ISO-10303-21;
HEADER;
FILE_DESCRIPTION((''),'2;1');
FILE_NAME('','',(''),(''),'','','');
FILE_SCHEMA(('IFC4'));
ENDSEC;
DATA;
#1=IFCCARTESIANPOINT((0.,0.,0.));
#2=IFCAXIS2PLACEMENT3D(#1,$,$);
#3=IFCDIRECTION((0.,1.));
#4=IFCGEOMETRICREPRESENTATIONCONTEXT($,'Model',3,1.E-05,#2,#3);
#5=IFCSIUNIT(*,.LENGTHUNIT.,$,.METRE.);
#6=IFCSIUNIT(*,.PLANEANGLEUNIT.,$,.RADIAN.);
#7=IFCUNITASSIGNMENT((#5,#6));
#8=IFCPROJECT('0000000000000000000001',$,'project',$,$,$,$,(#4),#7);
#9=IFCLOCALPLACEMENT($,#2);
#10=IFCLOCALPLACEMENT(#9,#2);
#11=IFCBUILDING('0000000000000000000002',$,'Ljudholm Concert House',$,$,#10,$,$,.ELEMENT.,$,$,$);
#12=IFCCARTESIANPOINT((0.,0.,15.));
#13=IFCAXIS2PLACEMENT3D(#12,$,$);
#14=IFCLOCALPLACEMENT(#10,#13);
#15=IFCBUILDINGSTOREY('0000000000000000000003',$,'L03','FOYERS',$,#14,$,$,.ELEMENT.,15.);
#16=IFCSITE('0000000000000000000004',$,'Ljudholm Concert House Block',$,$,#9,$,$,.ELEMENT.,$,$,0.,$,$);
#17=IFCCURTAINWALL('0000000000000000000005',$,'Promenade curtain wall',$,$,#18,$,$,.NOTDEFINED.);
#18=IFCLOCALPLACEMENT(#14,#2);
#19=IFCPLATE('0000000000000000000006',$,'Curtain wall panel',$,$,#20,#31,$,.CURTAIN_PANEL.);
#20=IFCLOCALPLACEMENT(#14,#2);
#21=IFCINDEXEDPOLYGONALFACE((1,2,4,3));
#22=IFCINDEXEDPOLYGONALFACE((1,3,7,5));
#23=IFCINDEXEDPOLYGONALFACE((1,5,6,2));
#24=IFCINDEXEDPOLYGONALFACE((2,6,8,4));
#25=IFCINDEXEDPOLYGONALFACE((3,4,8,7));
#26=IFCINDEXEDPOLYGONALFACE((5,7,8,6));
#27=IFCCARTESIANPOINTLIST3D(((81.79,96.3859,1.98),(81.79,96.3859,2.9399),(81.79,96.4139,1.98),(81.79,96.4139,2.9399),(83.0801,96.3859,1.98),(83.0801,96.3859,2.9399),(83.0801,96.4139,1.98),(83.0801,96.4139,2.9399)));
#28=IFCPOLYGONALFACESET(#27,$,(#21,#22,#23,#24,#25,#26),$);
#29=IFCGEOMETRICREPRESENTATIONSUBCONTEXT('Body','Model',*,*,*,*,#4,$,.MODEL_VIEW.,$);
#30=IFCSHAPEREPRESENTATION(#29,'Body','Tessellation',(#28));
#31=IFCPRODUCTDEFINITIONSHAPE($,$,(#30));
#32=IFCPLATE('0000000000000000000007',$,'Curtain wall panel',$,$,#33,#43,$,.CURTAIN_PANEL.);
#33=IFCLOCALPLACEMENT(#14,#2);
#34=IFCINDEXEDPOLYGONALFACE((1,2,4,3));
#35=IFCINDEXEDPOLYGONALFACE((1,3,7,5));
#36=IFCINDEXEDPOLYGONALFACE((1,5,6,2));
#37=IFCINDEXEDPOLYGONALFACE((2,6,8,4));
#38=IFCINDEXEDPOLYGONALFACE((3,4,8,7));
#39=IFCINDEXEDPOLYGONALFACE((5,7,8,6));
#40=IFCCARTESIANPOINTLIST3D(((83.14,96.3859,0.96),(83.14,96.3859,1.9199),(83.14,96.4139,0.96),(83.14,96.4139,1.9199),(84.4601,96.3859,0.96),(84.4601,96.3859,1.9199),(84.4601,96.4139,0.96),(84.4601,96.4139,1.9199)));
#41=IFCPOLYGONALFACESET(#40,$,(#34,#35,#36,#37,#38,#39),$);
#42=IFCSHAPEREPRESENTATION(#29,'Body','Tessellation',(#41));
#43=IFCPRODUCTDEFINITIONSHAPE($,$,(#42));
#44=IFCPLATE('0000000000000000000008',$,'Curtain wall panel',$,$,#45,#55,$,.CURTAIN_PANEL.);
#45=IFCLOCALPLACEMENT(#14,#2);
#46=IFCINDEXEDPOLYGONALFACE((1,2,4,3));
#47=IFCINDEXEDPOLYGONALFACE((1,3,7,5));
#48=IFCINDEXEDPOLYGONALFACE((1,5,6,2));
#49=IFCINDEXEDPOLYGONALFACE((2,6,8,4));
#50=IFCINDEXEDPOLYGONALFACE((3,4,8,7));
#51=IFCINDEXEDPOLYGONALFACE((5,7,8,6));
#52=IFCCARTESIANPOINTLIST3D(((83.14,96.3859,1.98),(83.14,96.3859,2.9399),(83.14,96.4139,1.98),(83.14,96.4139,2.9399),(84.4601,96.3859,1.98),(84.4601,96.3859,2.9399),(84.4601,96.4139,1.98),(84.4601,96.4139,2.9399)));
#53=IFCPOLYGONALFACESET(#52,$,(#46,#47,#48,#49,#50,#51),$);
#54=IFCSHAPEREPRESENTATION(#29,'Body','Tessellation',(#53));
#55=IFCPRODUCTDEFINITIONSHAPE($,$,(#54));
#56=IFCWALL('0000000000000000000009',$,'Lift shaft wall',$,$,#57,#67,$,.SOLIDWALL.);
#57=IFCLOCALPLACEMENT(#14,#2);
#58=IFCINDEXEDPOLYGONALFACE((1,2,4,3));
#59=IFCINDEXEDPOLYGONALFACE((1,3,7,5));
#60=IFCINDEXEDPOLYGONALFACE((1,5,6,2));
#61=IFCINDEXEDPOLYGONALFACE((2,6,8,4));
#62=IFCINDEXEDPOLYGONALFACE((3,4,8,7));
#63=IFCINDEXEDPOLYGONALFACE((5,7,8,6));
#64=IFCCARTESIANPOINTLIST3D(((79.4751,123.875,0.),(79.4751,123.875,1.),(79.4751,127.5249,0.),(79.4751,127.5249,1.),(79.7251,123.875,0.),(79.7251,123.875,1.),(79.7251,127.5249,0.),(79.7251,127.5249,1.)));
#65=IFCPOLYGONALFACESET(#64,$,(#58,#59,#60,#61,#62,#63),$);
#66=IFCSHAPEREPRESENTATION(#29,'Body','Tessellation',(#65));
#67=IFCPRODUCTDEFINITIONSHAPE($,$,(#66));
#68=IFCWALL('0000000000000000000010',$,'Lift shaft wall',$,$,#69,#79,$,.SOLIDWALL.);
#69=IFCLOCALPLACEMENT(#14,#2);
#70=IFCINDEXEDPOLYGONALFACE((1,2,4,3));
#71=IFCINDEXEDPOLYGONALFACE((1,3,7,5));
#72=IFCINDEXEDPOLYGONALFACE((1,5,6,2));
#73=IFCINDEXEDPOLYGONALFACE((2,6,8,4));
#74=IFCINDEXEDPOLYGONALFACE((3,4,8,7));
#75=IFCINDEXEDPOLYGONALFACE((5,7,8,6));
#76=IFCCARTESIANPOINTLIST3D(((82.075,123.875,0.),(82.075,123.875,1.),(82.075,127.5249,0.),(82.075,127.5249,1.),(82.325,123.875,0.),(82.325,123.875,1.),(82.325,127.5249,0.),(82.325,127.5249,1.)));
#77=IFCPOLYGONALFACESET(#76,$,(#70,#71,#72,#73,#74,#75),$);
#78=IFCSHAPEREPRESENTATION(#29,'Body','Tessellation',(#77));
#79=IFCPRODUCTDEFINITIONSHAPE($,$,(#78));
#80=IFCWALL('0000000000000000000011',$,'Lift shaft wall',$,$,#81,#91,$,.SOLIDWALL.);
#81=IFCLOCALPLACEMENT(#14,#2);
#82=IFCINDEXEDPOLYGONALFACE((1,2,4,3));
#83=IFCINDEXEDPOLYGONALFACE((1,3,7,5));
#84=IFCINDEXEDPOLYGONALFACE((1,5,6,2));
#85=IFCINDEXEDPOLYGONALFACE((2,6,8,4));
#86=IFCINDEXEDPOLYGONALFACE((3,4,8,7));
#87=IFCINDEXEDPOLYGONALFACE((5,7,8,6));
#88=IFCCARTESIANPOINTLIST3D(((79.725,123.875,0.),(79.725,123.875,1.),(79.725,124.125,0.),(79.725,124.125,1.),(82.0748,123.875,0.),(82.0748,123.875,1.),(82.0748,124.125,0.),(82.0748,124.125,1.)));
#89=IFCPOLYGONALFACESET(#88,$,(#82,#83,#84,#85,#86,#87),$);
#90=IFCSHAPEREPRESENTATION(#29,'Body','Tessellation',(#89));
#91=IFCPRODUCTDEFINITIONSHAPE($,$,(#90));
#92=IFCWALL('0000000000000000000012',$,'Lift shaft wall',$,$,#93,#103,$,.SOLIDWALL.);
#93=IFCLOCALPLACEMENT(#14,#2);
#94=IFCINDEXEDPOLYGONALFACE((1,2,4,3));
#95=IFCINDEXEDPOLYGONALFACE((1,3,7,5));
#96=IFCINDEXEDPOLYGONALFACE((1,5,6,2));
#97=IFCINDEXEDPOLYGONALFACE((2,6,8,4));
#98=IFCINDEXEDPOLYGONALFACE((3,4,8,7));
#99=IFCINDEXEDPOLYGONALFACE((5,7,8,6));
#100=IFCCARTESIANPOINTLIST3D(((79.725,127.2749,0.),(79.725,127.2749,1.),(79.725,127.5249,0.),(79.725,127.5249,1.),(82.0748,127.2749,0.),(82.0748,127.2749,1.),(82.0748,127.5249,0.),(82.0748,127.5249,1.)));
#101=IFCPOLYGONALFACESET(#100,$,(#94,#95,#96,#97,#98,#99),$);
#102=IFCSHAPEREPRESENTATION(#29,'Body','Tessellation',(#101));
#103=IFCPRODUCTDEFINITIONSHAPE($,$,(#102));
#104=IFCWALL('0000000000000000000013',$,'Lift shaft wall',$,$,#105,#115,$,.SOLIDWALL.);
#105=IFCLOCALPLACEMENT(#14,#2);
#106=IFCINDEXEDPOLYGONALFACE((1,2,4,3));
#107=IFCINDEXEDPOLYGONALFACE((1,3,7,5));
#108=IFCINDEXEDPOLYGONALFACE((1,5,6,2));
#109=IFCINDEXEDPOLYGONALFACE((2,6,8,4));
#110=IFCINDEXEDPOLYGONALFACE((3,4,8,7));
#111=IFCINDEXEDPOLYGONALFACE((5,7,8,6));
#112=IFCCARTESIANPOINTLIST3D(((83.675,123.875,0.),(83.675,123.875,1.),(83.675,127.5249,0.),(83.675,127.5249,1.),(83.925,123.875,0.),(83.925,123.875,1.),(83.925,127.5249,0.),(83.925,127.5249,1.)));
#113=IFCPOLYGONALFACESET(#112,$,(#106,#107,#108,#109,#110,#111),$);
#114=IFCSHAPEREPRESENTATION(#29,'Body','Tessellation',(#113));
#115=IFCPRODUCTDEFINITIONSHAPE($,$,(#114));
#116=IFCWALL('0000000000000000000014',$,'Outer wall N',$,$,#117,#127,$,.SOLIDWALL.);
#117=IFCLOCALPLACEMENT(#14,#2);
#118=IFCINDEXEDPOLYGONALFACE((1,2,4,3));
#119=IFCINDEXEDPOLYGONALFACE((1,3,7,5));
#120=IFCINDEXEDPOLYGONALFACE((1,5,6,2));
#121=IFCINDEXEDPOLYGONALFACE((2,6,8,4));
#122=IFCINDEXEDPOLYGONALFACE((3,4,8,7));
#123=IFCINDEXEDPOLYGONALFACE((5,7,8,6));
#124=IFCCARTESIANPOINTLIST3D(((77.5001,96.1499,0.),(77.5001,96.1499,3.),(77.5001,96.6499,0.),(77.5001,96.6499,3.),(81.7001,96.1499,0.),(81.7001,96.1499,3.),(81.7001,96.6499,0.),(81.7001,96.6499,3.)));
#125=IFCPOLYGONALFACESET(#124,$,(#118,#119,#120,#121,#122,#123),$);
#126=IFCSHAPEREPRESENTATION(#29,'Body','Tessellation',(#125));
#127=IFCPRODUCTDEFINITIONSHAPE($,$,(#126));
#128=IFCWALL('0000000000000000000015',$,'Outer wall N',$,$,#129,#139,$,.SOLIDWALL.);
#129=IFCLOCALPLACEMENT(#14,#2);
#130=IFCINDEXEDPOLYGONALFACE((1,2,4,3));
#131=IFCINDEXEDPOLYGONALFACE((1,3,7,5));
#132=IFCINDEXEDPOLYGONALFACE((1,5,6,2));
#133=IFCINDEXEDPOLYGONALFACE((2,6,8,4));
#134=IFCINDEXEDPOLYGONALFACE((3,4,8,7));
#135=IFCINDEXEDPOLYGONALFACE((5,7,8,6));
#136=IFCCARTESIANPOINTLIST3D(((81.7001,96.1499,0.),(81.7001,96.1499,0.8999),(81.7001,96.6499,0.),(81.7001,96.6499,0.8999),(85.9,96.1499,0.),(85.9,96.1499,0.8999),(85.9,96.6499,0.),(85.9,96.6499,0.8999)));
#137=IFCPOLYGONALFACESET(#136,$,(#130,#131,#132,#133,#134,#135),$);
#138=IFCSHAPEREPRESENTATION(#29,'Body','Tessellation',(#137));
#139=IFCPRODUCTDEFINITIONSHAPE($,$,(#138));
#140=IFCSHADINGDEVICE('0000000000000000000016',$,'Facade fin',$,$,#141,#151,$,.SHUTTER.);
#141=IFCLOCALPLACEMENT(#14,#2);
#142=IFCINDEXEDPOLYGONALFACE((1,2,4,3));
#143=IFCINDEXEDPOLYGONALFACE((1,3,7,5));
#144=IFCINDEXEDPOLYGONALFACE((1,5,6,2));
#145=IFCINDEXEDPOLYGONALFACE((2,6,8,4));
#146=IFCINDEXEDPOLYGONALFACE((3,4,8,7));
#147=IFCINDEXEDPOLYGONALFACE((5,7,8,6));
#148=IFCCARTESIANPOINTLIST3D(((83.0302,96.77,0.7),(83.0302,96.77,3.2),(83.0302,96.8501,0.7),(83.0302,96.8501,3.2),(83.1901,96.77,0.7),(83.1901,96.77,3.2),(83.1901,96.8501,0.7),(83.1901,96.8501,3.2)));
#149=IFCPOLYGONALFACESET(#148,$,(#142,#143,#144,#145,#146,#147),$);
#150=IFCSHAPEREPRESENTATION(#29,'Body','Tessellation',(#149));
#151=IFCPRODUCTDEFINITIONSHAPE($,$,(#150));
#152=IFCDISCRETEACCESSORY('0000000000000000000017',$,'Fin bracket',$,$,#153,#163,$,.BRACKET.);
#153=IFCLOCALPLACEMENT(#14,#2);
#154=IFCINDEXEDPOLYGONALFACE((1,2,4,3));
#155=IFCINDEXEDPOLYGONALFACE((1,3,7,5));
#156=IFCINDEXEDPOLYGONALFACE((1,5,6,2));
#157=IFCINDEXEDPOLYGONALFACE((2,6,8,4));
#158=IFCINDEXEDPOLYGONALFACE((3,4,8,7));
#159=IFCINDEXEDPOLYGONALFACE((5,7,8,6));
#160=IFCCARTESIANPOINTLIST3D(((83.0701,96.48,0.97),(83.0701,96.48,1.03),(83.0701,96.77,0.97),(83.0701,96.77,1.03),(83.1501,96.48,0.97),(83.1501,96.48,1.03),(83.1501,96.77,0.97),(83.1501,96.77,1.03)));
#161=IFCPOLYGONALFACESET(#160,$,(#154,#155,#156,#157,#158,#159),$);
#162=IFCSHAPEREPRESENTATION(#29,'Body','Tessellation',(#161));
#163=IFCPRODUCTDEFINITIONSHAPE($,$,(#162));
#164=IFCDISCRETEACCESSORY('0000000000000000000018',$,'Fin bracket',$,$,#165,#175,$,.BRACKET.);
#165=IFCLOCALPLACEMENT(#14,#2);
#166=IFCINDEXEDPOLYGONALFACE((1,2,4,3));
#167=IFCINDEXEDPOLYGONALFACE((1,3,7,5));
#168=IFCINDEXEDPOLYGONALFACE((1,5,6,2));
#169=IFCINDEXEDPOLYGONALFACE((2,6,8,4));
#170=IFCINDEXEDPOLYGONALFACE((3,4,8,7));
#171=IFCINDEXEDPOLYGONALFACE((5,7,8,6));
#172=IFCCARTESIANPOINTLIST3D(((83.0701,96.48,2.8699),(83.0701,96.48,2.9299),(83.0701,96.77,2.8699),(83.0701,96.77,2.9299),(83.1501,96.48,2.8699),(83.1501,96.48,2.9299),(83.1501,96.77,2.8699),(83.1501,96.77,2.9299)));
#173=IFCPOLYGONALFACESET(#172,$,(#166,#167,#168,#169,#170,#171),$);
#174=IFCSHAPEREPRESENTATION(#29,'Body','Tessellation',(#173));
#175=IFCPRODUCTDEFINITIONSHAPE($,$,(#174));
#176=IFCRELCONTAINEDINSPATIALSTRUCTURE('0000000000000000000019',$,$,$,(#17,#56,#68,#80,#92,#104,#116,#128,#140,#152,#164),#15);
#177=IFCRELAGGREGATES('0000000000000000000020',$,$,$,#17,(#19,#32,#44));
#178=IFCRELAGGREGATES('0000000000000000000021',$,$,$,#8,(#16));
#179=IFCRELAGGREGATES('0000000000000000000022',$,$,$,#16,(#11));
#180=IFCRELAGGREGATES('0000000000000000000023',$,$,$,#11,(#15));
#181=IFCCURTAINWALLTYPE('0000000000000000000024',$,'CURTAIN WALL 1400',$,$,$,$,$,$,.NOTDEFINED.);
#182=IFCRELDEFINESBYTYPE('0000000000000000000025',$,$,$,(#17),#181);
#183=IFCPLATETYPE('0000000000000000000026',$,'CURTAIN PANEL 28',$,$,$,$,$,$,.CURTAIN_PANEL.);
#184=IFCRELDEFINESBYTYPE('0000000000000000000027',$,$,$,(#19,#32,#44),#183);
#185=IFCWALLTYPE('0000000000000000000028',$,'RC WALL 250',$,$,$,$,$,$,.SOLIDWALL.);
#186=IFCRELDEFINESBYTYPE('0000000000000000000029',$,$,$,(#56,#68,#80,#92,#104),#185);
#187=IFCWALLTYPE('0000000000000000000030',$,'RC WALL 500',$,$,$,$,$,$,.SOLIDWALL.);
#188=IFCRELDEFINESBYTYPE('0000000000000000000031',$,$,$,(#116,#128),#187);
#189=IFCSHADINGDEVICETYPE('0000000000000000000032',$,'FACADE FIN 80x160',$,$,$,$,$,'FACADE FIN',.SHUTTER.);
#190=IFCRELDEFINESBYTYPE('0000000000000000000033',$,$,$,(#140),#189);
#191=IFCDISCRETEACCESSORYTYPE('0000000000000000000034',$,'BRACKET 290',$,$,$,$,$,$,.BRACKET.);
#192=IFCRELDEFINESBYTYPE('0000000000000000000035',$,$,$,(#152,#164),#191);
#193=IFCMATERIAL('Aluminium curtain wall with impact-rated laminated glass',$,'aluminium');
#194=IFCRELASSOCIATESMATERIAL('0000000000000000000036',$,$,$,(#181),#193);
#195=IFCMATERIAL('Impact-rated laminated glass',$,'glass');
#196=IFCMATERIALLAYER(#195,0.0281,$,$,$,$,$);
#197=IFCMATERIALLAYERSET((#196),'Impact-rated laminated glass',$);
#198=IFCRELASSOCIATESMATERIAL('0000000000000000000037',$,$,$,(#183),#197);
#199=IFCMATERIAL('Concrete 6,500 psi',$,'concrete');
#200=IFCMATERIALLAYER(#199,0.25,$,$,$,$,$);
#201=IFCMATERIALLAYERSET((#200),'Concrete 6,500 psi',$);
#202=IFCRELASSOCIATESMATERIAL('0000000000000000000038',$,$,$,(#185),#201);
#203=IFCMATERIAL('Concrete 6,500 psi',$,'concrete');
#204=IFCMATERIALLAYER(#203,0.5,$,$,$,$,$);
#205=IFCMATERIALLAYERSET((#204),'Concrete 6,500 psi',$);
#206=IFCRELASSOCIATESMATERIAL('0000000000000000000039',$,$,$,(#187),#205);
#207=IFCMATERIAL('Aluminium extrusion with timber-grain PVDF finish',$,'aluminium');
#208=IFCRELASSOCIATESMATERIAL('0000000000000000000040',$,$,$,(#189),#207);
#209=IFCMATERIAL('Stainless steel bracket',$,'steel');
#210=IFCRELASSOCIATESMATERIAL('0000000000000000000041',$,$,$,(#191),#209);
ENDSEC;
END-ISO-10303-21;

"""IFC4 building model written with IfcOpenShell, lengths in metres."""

from ifc_helpers import new_model, si_unit, direction, frame, frame_2d, origin, origin_2d, place, context, subcontext, project, spatial, rectangle, extrude, material, layer, layer_set, type_object, element, aggregate, save


model = new_model("IFC4")

# Units and contexts
model_context = context("Model", 3, precision=1e-05, world=origin(), true_north=direction((0.0, 1.0)))
body_context = subcontext(model_context, "Body", "Model", "MODEL_VIEW")
ifc_project = project(units=[si_unit("LENGTHUNIT", "METRE"), si_unit("PLANEANGLEUNIT", "RADIAN")], contexts=[model_context])

# Site, building, storey
site_placement = place(None, origin())
site = spatial("IfcSite", under=ifc_project, at=site_placement, Name="Ljudholm Concert House Block", CompositionType="ELEMENT", RefElevation=0.0)
building_placement = place(site_placement, origin())
building = spatial("IfcBuilding", under=site, at=building_placement, Name="Ljudholm Concert House", CompositionType="ELEMENT")
storey_placement = place(building_placement, frame((0.0, 0.0, 15.0)))
storey = spatial("IfcBuildingStorey", under=building, at=storey_placement, Name="L03", Description="FOYERS", CompositionType="ELEMENT", Elevation=15.0)

# Shared definitions
ifc_material_1 = material(Name="Aluminium curtain wall with impact-rated laminated glass", Category="aluminium")
curtain_wall_type = type_object("IfcCurtainWallType", Name="CURTAIN WALL 1400", PredefinedType="NOTDEFINED", material=ifc_material_1)

# Curtain wall
curtain_wall_1_placement = place(storey_placement, origin())
curtain_wall_1 = element("IfcCurtainWall", 1, at=curtain_wall_1_placement, inside=storey, type_object=curtain_wall_type, Name="Promenade curtain wall", PredefinedType="NOTDEFINED")

# Plates
ifc_material_2 = material(Name="Impact-rated laminated glass", Category="glass")
ifc_layer_1 = layer(ifc_material_2, 0.0281)
ifc_layer_set_1 = layer_set([ifc_layer_1], Name="Impact-rated laminated glass")
plate_type = type_object("IfcPlateType", Name="CURTAIN PANEL 28", PredefinedType="CURTAIN_PANEL", material=ifc_layer_set_1)
plate_1_placement = place(storey_placement, frame((82.4351, 96.3999, 1.98), z_axis=(0.0, 0.0, 1.0), x_axis=(1.0, 0.0, 0.0)))
plate_1 = element("IfcPlate", 2, at=plate_1_placement, type_object=plate_type, Name="Curtain wall panel", PredefinedType="CURTAIN_PANEL", context=body_context, shape_type="SweptSolid", body=[
    extrude(rectangle(XDim=1.29, YDim=0.0281, at=origin_2d()), origin(), (0.0, 0.0, 1.0), 0.96),
])
plate_2_placement = place(storey_placement, frame((83.8, 96.3999, 0.96), z_axis=(0.0, 0.0, 1.0), x_axis=(1.0, 0.0, 0.0)))
plate_2 = element("IfcPlate", 3, at=plate_2_placement, type_object=plate_type, Name="Curtain wall panel", PredefinedType="CURTAIN_PANEL", context=body_context, shape_type="SweptSolid", body=[
    extrude(rectangle(XDim=1.3201, YDim=0.0281, at=origin_2d()), origin(), (0.0, 0.0, 1.0), 0.96),
])
plate_3_placement = place(storey_placement, frame((83.8, 96.3999, 1.98), z_axis=(0.0, 0.0, 1.0), x_axis=(1.0, 0.0, 0.0)))
plate_3 = element("IfcPlate", 4, at=plate_3_placement, type_object=plate_type, Name="Curtain wall panel", PredefinedType="CURTAIN_PANEL", context=body_context, shape_type="SweptSolid", body=[
    extrude(rectangle(XDim=1.3201, YDim=0.0281, at=origin_2d()), origin(), (0.0, 0.0, 1.0), 0.96),
])
aggregate(curtain_wall_1, [plate_1, plate_2, plate_3])

# Walls
ifc_material_3 = material(Name="Concrete 6,500 psi", Category="concrete")
ifc_layer_2 = layer(ifc_material_3, 0.25)
ifc_layer_set_2 = layer_set([ifc_layer_2], Name="Concrete 6,500 psi")
wall_type_1 = type_object("IfcWallType", Name="RC WALL 250", PredefinedType="SOLIDWALL", material=ifc_layer_set_2)
for number, where, z_axis, x_axis, name in (
    (5, (79.6001, 123.875, 0.0), (0.0, 0.0, 1.0), (0.0, 1.0, 0.0), "Lift shaft wall"),
    (6, (82.2, 123.875, 0.0), (0.0, 0.0, 1.0), (0.0, 1.0, 0.0), "Lift shaft wall"),
):
    element("IfcWall", number, at=place(storey_placement, frame(where, z_axis=z_axis, x_axis=x_axis)), inside=storey, type_object=wall_type_1, Name=name, PredefinedType="SOLIDWALL", context=body_context, shape_type="SweptSolid", body=[
        extrude(rectangle(XDim=3.6499, YDim=0.25, at=frame_2d((1.825, 0.0))), origin(), (0.0, 0.0, 1.0), 1.0),
    ])
for number, where, z_axis, x_axis, name in (
    (7, (79.7251, 124.0, 0.0), (0.0, 0.0, 1.0), (1.0, 0.0, 0.0), "Lift shaft wall"),
    (8, (79.7251, 127.3999, 0.0), (0.0, 0.0, 1.0), (1.0, 0.0, 0.0), "Lift shaft wall"),
):
    element("IfcWall", number, at=place(storey_placement, frame(where, z_axis=z_axis, x_axis=x_axis)), inside=storey, type_object=wall_type_1, Name=name, PredefinedType="SOLIDWALL", context=body_context, shape_type="SweptSolid", body=[
        extrude(rectangle(XDim=2.3499, YDim=0.25, at=frame_2d((1.1748, 0.0))), origin(), (0.0, 0.0, 1.0), 1.0),
    ])
wall_1_placement = place(storey_placement, frame((83.8, 123.875, 0.0), z_axis=(0.0, 0.0, 1.0), x_axis=(0.0, 1.0, 0.0)))
element("IfcWall", 9, at=wall_1_placement, inside=storey, type_object=wall_type_1, Name="Lift shaft wall", PredefinedType="SOLIDWALL", context=body_context, shape_type="SweptSolid", body=[
    extrude(rectangle(XDim=3.6499, YDim=0.25, at=frame_2d((1.825, 0.0))), origin(), (0.0, 0.0, 1.0), 1.0),
])
ifc_material_4 = material(Name="Concrete 6,500 psi", Category="concrete")
ifc_layer_3 = layer(ifc_material_4, 0.5)
ifc_layer_set_3 = layer_set([ifc_layer_3], Name="Concrete 6,500 psi")
wall_type_2 = type_object("IfcWallType", Name="RC WALL 500", PredefinedType="SOLIDWALL", material=ifc_layer_set_3)
wall_2_placement = place(storey_placement, frame((77.5, 96.3999, 0.0), z_axis=(0.0, 0.0, 1.0), x_axis=(1.0, 0.0, 0.0)))
element("IfcWall", 10, at=wall_2_placement, inside=storey, type_object=wall_type_2, Name="Outer wall N", PredefinedType="SOLIDWALL", context=body_context, shape_type="SweptSolid", body=[
    extrude(rectangle(XDim=4.2, YDim=0.5, at=frame_2d((2.1001, 0.0))), origin(), (0.0, 0.0, 1.0), 3.0),
])
wall_3_placement = place(storey_placement, frame((81.7, 96.3999, 0.0), z_axis=(0.0, 0.0, 1.0), x_axis=(1.0, 0.0, 0.0)))
element("IfcWall", 11, at=wall_3_placement, inside=storey, type_object=wall_type_2, Name="Outer wall N", PredefinedType="SOLIDWALL", context=body_context, shape_type="SweptSolid", body=[
    extrude(rectangle(XDim=4.2, YDim=0.5, at=frame_2d((2.1001, 0.0))), origin(), (0.0, 0.0, 1.0), 0.8999),
])

# Shading device
ifc_material_5 = material(Name="Aluminium extrusion with timber-grain PVDF finish", Category="aluminium")
shading_device_type = type_object("IfcShadingDeviceType", Name="FACADE FIN 80x160", ElementType="FACADE FIN", PredefinedType="SHUTTER", material=ifc_material_5)
shading_device_placement = place(storey_placement, frame((83.1101, 96.8101, 0.7), z_axis=(0.0, 0.0, 1.0), x_axis=(0.0, 1.0, 0.0)))
element("IfcShadingDevice", 12, at=shading_device_placement, inside=storey, type_object=shading_device_type, Name="Facade fin", PredefinedType="SHUTTER", context=body_context, shape_type="SweptSolid", body=[
    extrude(rectangle(XDim=0.0801, YDim=0.1599, at=origin_2d()), origin(), (0.0, 0.0, 1.0), 2.5),
])

# Discrete accessories
ifc_material_6 = material(Name="Stainless steel bracket", Category="steel")
discrete_accessory_type = type_object("IfcDiscreteAccessoryType", Name="BRACKET 290", PredefinedType="BRACKET", material=ifc_material_6)
for number, where, z_axis, x_axis, name in (
    (13, (83.1101, 96.625, 0.97), (0.0, 0.0, 1.0), (0.0, 1.0, 0.0), "Fin bracket"),
    (14, (83.1101, 96.625, 2.8699), (0.0, 0.0, 1.0), (0.0, 1.0, 0.0), "Fin bracket"),
):
    element("IfcDiscreteAccessory", number, at=place(storey_placement, frame(where, z_axis=z_axis, x_axis=x_axis)), inside=storey, type_object=discrete_accessory_type, Name=name, PredefinedType="BRACKET", context=body_context, shape_type="SweptSolid", body=[
        extrude(rectangle(XDim=0.29, YDim=0.0801, at=origin_2d()), origin(), (0.0, 0.0, 1.0), 0.0601),
    ])

save(model, "model.ifc")
